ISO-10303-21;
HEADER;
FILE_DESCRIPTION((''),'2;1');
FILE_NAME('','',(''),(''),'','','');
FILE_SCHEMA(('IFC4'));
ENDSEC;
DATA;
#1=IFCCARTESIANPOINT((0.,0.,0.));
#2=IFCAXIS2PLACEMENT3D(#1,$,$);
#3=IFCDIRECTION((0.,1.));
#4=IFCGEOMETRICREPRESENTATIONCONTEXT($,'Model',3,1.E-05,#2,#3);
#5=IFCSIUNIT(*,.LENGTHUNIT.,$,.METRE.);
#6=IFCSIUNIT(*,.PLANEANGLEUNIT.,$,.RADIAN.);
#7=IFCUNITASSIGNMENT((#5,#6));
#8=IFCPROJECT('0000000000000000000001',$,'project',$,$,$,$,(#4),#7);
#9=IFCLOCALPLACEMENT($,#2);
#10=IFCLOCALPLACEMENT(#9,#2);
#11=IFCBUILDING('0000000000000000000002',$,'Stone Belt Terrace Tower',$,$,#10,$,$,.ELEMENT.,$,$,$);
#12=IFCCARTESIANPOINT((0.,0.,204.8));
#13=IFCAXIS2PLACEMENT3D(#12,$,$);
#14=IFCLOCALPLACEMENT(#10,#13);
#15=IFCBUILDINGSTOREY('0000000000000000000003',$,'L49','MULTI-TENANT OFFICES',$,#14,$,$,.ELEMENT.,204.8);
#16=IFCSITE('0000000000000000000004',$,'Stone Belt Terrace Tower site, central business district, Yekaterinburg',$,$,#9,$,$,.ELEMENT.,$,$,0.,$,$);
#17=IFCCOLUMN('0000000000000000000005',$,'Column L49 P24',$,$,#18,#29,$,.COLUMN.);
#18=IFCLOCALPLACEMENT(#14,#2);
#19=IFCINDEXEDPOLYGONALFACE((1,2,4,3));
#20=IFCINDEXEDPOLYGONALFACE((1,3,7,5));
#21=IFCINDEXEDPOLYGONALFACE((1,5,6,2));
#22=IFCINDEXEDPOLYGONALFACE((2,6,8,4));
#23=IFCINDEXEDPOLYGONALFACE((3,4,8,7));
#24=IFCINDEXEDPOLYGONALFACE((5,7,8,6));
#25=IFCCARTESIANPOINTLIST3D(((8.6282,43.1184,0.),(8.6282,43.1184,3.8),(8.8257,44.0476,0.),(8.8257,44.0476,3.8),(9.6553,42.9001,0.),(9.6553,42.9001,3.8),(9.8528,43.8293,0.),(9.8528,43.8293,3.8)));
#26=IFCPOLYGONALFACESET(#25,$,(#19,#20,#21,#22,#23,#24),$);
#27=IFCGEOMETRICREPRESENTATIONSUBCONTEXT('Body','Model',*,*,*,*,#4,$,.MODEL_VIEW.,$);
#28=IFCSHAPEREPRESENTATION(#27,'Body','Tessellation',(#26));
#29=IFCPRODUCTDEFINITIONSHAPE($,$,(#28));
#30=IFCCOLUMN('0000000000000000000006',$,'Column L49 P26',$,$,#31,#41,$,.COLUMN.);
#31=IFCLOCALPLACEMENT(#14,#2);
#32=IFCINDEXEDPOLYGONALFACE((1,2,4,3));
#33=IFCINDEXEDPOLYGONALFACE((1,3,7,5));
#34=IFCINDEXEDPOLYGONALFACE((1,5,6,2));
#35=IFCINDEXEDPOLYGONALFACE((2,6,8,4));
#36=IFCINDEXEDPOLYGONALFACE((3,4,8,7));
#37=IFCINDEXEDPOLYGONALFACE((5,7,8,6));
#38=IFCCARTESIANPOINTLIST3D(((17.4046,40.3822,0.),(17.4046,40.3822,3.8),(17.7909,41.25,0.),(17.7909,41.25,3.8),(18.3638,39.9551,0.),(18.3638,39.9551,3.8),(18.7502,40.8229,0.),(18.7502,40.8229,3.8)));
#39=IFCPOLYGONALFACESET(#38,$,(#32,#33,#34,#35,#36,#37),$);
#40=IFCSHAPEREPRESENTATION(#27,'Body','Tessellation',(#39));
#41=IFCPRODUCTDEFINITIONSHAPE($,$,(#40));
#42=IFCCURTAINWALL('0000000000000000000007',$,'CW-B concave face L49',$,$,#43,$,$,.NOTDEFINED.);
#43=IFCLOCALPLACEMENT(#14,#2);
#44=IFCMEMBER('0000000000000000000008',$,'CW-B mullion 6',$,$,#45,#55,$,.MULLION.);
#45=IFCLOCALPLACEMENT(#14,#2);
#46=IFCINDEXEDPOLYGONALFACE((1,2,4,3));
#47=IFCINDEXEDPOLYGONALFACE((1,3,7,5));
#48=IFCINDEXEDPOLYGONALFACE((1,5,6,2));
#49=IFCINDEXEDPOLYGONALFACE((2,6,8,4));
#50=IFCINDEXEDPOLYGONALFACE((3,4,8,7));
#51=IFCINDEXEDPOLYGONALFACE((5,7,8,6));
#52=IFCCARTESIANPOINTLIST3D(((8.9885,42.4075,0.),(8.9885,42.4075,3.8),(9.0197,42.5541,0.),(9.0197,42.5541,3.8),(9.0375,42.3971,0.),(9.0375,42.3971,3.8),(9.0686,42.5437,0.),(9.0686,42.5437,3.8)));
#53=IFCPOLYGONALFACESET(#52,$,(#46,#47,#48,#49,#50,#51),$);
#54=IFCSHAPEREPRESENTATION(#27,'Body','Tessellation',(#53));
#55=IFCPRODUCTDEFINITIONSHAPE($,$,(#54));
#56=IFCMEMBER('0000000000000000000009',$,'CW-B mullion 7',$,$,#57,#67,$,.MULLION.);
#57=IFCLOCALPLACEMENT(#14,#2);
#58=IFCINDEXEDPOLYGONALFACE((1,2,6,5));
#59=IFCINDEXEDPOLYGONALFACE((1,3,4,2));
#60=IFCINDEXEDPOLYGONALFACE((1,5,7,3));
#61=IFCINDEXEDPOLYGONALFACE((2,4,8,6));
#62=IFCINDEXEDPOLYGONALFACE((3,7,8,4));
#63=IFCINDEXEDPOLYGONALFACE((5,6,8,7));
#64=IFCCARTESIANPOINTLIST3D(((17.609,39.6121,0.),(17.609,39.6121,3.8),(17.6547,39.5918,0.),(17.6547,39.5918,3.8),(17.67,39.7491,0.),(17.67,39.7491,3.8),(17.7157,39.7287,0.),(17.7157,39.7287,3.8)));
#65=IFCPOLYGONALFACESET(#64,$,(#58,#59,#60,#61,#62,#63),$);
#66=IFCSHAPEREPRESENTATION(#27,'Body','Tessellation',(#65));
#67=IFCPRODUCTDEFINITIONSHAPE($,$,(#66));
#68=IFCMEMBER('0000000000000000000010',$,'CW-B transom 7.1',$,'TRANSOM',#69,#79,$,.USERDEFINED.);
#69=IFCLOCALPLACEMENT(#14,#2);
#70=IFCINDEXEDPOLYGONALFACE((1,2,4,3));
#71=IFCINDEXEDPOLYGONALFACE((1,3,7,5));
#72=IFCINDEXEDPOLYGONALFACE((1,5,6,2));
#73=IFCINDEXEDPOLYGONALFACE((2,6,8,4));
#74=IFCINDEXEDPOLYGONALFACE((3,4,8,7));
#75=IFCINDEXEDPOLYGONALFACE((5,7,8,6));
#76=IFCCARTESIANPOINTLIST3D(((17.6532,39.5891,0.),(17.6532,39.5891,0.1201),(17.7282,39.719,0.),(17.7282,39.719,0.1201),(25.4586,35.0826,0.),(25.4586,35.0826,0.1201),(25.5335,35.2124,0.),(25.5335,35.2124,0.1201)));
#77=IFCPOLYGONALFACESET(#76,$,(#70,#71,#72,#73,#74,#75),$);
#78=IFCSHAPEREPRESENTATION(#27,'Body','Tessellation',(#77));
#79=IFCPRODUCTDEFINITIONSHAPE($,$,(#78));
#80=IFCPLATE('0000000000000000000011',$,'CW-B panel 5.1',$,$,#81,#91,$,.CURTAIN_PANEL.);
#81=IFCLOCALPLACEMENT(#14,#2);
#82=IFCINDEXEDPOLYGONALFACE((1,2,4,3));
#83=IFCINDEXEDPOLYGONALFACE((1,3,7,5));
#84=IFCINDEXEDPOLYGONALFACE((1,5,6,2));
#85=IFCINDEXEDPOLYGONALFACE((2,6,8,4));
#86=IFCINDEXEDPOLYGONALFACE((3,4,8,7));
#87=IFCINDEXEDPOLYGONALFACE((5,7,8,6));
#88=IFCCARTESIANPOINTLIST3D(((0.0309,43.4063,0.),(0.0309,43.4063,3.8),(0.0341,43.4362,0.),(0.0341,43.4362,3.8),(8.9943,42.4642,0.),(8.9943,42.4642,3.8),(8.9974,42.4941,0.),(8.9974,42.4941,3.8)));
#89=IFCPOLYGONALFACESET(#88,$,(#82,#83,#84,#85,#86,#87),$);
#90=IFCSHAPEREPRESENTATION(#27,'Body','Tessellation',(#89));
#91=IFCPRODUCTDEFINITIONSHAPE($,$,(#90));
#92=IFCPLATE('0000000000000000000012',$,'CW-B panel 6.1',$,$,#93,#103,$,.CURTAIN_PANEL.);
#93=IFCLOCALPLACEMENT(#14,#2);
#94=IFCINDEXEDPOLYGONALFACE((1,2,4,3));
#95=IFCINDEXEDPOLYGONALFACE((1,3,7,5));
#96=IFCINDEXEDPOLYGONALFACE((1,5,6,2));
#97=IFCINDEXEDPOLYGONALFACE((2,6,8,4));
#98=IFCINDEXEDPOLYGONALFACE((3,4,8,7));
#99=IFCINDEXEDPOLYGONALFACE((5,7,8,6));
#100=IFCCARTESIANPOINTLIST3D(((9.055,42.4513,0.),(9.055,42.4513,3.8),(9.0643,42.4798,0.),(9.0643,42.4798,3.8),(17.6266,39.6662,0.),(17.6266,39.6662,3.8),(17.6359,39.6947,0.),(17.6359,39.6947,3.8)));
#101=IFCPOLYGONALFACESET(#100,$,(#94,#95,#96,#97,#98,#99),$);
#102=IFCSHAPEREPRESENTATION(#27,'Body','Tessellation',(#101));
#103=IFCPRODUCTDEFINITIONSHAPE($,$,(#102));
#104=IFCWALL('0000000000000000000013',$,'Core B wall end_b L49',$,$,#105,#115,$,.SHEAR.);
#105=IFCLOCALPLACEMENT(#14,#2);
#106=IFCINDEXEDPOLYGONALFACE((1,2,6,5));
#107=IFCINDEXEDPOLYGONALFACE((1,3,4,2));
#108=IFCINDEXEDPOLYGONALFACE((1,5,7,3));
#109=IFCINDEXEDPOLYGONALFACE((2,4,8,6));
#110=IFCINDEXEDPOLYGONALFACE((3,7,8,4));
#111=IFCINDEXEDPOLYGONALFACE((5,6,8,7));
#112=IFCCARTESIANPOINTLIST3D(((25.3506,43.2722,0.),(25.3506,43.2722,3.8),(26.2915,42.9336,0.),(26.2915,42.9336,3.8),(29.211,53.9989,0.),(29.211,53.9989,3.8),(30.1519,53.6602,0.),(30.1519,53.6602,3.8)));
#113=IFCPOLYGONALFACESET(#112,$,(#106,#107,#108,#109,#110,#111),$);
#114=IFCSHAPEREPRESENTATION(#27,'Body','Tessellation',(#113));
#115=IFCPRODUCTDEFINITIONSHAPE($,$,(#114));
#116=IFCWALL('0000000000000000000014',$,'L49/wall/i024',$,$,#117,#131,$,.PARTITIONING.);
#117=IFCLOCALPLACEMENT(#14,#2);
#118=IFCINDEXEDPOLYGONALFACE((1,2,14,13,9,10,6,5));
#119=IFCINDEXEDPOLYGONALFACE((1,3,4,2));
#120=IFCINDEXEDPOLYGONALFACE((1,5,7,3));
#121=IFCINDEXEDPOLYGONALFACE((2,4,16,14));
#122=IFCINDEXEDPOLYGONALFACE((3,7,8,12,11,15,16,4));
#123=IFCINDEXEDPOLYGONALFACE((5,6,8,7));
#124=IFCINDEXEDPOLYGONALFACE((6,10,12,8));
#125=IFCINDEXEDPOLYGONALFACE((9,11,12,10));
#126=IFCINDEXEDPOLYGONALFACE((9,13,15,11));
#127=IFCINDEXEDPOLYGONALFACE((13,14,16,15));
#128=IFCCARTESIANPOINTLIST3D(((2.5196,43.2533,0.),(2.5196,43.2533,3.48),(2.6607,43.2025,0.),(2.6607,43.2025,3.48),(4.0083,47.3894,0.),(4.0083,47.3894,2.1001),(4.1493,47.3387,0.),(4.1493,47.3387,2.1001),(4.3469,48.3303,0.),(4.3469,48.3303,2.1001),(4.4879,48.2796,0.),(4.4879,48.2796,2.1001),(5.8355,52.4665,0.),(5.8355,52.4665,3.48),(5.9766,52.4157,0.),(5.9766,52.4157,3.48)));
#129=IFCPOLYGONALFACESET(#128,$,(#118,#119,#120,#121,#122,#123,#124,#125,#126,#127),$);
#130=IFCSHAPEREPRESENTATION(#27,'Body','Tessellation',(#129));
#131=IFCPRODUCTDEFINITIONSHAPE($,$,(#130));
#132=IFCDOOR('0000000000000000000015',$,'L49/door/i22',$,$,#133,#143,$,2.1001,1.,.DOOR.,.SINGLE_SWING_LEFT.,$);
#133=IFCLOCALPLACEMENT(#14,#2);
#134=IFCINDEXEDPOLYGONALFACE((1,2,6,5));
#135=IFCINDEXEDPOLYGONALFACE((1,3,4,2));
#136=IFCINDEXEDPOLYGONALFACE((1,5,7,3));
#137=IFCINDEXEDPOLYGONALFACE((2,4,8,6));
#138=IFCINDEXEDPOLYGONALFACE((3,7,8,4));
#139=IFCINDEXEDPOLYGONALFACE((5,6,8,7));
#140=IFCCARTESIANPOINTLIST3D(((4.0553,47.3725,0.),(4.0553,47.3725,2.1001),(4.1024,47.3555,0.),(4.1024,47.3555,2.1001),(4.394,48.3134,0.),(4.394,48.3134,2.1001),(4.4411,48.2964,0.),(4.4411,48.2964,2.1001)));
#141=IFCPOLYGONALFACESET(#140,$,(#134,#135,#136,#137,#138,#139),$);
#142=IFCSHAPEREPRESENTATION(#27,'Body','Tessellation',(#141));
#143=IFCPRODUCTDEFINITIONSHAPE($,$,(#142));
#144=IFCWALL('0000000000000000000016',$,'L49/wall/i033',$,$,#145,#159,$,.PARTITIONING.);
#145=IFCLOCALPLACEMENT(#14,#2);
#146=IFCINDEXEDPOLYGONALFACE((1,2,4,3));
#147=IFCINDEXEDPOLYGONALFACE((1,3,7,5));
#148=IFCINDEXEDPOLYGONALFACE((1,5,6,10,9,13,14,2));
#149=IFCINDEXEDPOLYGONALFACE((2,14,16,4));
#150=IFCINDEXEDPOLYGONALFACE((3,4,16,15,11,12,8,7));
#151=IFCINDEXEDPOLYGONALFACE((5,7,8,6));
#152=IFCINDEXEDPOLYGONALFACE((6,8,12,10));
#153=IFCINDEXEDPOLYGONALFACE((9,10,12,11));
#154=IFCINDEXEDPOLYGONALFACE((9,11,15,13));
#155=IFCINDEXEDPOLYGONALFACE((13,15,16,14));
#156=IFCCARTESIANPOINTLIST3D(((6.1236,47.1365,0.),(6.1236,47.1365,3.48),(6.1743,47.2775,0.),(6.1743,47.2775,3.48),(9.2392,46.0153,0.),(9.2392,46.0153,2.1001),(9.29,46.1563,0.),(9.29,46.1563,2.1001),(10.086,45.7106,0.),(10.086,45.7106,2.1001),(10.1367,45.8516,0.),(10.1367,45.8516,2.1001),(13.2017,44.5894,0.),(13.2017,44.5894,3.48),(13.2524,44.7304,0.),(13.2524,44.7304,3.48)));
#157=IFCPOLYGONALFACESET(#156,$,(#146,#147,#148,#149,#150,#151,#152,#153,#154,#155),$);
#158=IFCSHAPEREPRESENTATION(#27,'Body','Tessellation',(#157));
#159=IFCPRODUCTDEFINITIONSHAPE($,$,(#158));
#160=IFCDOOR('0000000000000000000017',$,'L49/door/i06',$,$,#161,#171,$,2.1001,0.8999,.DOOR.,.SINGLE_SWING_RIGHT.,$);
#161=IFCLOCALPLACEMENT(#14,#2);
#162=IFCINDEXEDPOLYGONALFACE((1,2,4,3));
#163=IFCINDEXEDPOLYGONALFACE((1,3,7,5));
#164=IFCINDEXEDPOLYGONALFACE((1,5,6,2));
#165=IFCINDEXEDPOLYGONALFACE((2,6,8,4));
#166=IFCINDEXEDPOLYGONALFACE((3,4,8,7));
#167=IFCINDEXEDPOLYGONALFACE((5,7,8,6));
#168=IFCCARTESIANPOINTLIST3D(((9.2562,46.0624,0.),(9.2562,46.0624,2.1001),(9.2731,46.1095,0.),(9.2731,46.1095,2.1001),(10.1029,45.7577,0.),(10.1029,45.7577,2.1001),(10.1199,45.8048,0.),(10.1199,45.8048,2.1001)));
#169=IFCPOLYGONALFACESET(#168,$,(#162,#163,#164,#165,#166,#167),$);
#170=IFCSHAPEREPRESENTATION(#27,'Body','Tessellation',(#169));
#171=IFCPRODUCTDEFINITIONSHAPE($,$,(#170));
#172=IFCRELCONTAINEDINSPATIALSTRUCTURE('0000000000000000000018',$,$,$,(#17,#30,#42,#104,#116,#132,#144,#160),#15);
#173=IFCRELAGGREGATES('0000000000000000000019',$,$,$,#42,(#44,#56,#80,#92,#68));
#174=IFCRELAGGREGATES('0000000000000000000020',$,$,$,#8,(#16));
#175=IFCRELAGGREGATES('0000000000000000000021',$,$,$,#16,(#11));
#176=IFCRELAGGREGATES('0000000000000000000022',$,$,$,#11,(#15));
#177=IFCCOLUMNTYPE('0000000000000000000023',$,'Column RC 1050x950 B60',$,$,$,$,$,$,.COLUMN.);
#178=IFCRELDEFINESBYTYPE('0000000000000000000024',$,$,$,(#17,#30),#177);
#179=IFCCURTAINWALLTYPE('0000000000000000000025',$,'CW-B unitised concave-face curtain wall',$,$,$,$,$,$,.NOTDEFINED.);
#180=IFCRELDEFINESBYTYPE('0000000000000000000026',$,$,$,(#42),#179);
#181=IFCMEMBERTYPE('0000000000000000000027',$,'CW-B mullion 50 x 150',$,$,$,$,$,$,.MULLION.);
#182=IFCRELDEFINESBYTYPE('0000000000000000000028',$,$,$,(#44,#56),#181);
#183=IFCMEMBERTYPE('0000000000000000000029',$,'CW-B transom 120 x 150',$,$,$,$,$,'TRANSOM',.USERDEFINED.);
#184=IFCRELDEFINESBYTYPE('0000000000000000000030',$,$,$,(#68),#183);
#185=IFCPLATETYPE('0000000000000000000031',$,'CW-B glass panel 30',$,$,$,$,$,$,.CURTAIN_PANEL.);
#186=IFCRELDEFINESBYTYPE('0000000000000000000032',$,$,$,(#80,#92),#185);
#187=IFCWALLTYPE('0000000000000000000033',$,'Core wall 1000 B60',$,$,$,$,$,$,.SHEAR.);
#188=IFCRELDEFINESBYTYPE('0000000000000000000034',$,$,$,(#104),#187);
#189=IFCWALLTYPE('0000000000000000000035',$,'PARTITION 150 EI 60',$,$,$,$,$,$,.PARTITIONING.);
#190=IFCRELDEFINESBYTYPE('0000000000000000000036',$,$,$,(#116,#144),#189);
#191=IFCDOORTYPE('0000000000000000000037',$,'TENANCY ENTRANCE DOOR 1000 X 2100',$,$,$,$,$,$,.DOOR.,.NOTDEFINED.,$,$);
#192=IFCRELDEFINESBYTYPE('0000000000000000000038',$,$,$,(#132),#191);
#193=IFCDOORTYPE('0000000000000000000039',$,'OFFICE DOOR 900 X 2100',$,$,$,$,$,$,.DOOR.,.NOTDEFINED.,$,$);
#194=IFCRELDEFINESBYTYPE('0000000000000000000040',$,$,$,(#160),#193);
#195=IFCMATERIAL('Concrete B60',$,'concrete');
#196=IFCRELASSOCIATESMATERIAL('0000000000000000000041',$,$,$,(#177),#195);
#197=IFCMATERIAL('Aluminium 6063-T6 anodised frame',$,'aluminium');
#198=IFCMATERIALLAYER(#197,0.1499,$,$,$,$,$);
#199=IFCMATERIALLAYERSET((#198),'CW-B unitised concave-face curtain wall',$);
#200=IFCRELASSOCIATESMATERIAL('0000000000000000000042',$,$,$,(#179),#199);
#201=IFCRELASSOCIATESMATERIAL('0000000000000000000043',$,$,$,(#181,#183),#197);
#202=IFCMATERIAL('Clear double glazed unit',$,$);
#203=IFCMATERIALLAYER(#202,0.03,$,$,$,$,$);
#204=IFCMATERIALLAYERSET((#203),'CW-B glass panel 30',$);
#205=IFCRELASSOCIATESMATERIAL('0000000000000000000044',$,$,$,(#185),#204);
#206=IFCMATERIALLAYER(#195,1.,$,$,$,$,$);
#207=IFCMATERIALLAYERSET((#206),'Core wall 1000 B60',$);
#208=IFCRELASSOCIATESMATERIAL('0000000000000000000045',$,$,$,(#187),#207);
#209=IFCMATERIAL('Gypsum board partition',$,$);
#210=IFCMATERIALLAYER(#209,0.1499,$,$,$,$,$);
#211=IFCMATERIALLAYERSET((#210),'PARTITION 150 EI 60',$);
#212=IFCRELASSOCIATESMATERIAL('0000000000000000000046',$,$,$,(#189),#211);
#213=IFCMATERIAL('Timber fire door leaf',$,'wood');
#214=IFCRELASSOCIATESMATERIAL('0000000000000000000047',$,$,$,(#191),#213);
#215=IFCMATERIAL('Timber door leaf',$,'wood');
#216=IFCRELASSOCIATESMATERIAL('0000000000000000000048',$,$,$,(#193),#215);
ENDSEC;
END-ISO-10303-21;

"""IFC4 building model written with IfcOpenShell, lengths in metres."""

from ifc_helpers import new_model, si_unit, direction, frame, frame_2d, origin, origin_2d, place, context, subcontext, project, spatial, rectangle, extrude, material, layer, layer_set, material_profile, profile_set, type_object, element, fill, aggregate, save


model = new_model("IFC4")

# Units and contexts
model_context = context("Model", 3, precision=1e-05, world=origin(), true_north=direction((0.0, 1.0)))
body_context = subcontext(model_context, "Body", "Model", "MODEL_VIEW")
ifc_project = project(units=[si_unit("LENGTHUNIT", "METRE"), si_unit("PLANEANGLEUNIT", "RADIAN")], contexts=[model_context])

# Site, building, storey
site_placement = place(None, origin())
site = spatial("IfcSite", under=ifc_project, at=site_placement, Name="Stone Belt Terrace Tower site, central business district, Yekaterinburg", CompositionType="ELEMENT", RefElevation=0.0)
building_placement = place(site_placement, origin())
building = spatial("IfcBuilding", under=site, at=building_placement, Name="Stone Belt Terrace Tower", CompositionType="ELEMENT")
storey_placement = place(building_placement, frame((0.0, 0.0, 204.8)))
storey = spatial("IfcBuildingStorey", under=building, at=storey_placement, Name="L49", Description="MULTI-TENANT OFFICES", CompositionType="ELEMENT", Elevation=204.8)

# Columns
ifc_material_1 = material(Name="Concrete B60", Category="concrete")
ifc_material_profile_1 = material_profile(ifc_material_1, rectangle(XDim=1.05, YDim=0.95, at=origin_2d()), Name="RC 1050x950")
ifc_profile_set_1 = profile_set([ifc_material_profile_1], Name="Concrete B60")
column_type = type_object("IfcColumnType", Name="Column RC 1050x950 B60", PredefinedType="COLUMN", material=ifc_profile_set_1)
for number, where, z_axis, x_axis, name in (
    (1, (9.2405, 43.4739, 0.0), (0.0, 0.0, 1.0), (0.978148, -0.207912, 0.0), "Column L49 P24"),
    (2, (18.0774, 40.6025, 0.0), (0.0, 0.0, 1.0), (0.913545, -0.406737, 0.0), "Column L49 P26"),
):
    element("IfcColumn", number, at=place(storey_placement, frame(where, z_axis=z_axis, x_axis=x_axis)), inside=storey, type_object=column_type, Name=name, PredefinedType="COLUMN", context=body_context, shape_type="SweptSolid", body=[
        extrude(rectangle(XDim=1.05, YDim=0.95, at=origin_2d()), origin(), (0.0, 0.0, 1.0), 3.8),
    ])

# Curtain wall, members, plates
ifc_material_2 = material(Name="Aluminium 6063-T6 anodised frame", Category="aluminium")
ifc_layer_1 = layer(ifc_material_2, 0.1499)
ifc_layer_set_1 = layer_set([ifc_layer_1], Name="CW-B unitised concave-face curtain wall")
curtain_wall_type = type_object("IfcCurtainWallType", Name="CW-B unitised concave-face curtain wall", PredefinedType="NOTDEFINED", material=ifc_layer_set_1)
curtain_wall_placement = place(storey_placement, origin())
curtain_wall = element("IfcCurtainWall", 3, at=curtain_wall_placement, inside=storey, type_object=curtain_wall_type, Name="CW-B concave face L49", PredefinedType="NOTDEFINED")
ifc_material_profile_2 = material_profile(ifc_material_2, rectangle(XDim=0.1499, YDim=0.05, at=origin_2d()), Name="Aluminium 6063-T6 50x150")
ifc_profile_set_2 = profile_set([ifc_material_profile_2], Name="Aluminium 6063-T6 anodised frame")
member_type_1 = type_object("IfcMemberType", Name="CW-B mullion 50 x 150", PredefinedType="MULLION", material=ifc_profile_set_2)
member_1_placement = place(storey_placement, frame((9.0286, 42.4756, 0.0), z_axis=(0.0, 0.0, 1.0), x_axis=(0.207912, 0.978148, 0.0)))
member_1 = element("IfcMember", 4, at=member_1_placement, type_object=member_type_1, Name="CW-B mullion 6", PredefinedType="MULLION", context=body_context, shape_type="SweptSolid", body=[
    extrude(rectangle(XDim=0.1499, YDim=0.05, at=origin_2d()), origin(), (0.0, 0.0, 1.0), 3.8),
])
member_2_placement = place(storey_placement, frame((17.6624, 39.6704, 0.0), z_axis=(0.0, 0.0, 1.0), x_axis=(0.406737, 0.913545, 0.0)))
member_2 = element("IfcMember", 5, at=member_2_placement, type_object=member_type_1, Name="CW-B mullion 7", PredefinedType="MULLION", context=body_context, shape_type="SweptSolid", body=[
    extrude(rectangle(XDim=0.1499, YDim=0.05, at=origin_2d()), origin(), (0.0, 0.0, 1.0), 3.8),
])
ifc_material_profile_3 = material_profile(ifc_material_2, rectangle(XDim=0.1499, YDim=0.1201, at=origin_2d()), Name="Aluminium 6063-T6 150x120")
ifc_profile_set_3 = profile_set([ifc_material_profile_3], Name="Aluminium 6063-T6 anodised frame")
member_type_2 = type_object("IfcMemberType", Name="CW-B transom 120 x 150", ElementType="TRANSOM", PredefinedType="USERDEFINED", material=ifc_profile_set_3)
member_3_placement = place(storey_placement, frame((17.6907, 39.6541, 0.0601), z_axis=(0.866019, -0.500011, 0.0), x_axis=(0.500011, 0.866019, 0.0)))
member_3 = element("IfcMember", 6, at=member_3_placement, type_object=member_type_2, Name="CW-B transom 7.1", ObjectType="TRANSOM", PredefinedType="USERDEFINED", context=body_context, shape_type="SweptSolid", body=[
    extrude(rectangle(XDim=0.1499, YDim=0.1201, at=origin_2d()), origin(), (0.0, 0.0, 1.0), 9.0129),
])
ifc_material_3 = material(Name="Clear double glazed unit")
ifc_layer_2 = layer(ifc_material_3, 0.03)
ifc_layer_set_2 = layer_set([ifc_layer_2], Name="CW-B glass panel 30")
plate_type = type_object("IfcPlateType", Name="CW-B glass panel 30", PredefinedType="CURTAIN_PANEL", material=ifc_layer_set_2)
plate_1_placement = place(storey_placement, frame((4.5142, 42.9502, 0.0), z_axis=(0.0, 0.0, 1.0), x_axis=(0.994522, -0.104528, 0.0)))
plate_1 = element("IfcPlate", 7, at=plate_1_placement, type_object=plate_type, Name="CW-B panel 5.1", PredefinedType="CURTAIN_PANEL", context=body_context, shape_type="SweptSolid", body=[
    extrude(rectangle(XDim=9.0127, YDim=0.03, at=origin_2d()), origin(), (0.0, 0.0, 1.0), 3.8),
])
plate_2_placement = place(storey_placement, frame((13.3455, 41.073, 0.0), z_axis=(0.0, 0.0, 1.0), x_axis=(0.951057, -0.309017, 0.0)))
plate_2 = element("IfcPlate", 8, at=plate_2_placement, type_object=plate_type, Name="CW-B panel 6.1", PredefinedType="CURTAIN_PANEL", context=body_context, shape_type="SweptSolid", body=[
    extrude(rectangle(XDim=9.0127, YDim=0.03, at=origin_2d()), origin(), (0.0, 0.0, 1.0), 3.8),
])
aggregate(curtain_wall, [member_1, member_2, plate_1, plate_2, member_3])

# Wall
ifc_layer_3 = layer(ifc_material_1, 1.0)
ifc_layer_set_3 = layer_set([ifc_layer_3], Name="Core wall 1000 B60")
wall_type_1 = type_object("IfcWallType", Name="Core wall 1000 B60", PredefinedType="SHEAR", material=ifc_layer_set_3)
wall_1_placement = place(storey_placement, frame((25.821, 43.1028, 0.0), z_axis=(0.0, 0.0, 1.0), x_axis=(0.338625, 0.940921, 0.0)))
element("IfcWall", 9, at=wall_1_placement, inside=storey, type_object=wall_type_1, Name="Core B wall end_b L49", PredefinedType="SHEAR", context=body_context, shape_type="SweptSolid", body=[
    extrude(rectangle(XDim=11.4001, YDim=1.0, at=frame_2d((5.7002, 0.0))), origin(), (0.0, 0.0, 1.0), 3.8),
])

# Walls, openings, doors
ifc_material_4 = material(Name="Gypsum board partition")
ifc_layer_4 = layer(ifc_material_4, 0.1499)
ifc_layer_set_4 = layer_set([ifc_layer_4], Name="PARTITION 150 EI 60")
wall_type_2 = type_object("IfcWallType", Name="PARTITION 150 EI 60", PredefinedType="PARTITIONING", material=ifc_layer_set_4)
wall_2_placement = place(storey_placement, frame((2.5901, 43.2278, 0.0), z_axis=(0.0, 0.0, 1.0), x_axis=(0.338646, 0.940914, 0.0)))
wall_2 = element("IfcWall", 10, at=wall_2_placement, inside=storey, type_object=wall_type_2, Name="L49/wall/i024", PredefinedType="PARTITIONING", context=body_context, shape_type="SweptSolid", body=[
    extrude(rectangle(XDim=9.7917, YDim=0.1499, at=frame_2d((4.896, 0.0))), origin(), (0.0, 0.0, 1.0), 3.48),
])
opening_1_placement = place(wall_2_placement, frame((4.396, 0.0, 0.0)))
opening_1 = element("IfcOpeningElement", 11, at=opening_1_placement, cuts=wall_2, PredefinedType="OPENING", context=body_context, shape_type="SweptSolid", body=[
    extrude(rectangle(XDim=1.0, YDim=2.1001, at=frame_2d((0.5, 1.05))), frame((0.0, 0.085, 0.0), z_axis=(0.0, -1.0, 0.0), x_axis=(1.0, 0.0, 0.0)), (0.0, 0.0, 1.0), 0.1699),
])
ifc_material_5 = material(Name="Timber fire door leaf", Category="wood")
door_type_1 = type_object("IfcDoorType", Name="TENANCY ENTRANCE DOOR 1000 X 2100", OperationType="NOTDEFINED", PredefinedType="DOOR", material=ifc_material_5)
door_1_placement = place(opening_1_placement, origin())
door_1 = element("IfcDoor", 12, at=door_1_placement, inside=storey, type_object=door_type_1, Name="L49/door/i22", OperationType="SINGLE_SWING_LEFT", OverallHeight=2.1001, OverallWidth=1.0, PredefinedType="DOOR", context=body_context, shape_type="SweptSolid", body=[
    extrude(rectangle(XDim=1.0, YDim=2.1001, at=frame_2d((0.5, 1.05))), frame((0.0, 0.0249, 0.0), z_axis=(0.0, -1.0, 0.0), x_axis=(1.0, 0.0, 0.0)), (0.0, 0.0, 1.0), 0.05),
])
fill(opening_1, door_1)
wall_3_placement = place(storey_placement, frame((13.2271, 44.6599, 0.0), z_axis=(0.0, 0.0, 1.0), x_axis=(-0.94093, 0.338601, 0.0)))
wall_3 = element("IfcWall", 13, at=wall_3_placement, inside=storey, type_object=wall_type_2, Name="L49/wall/i033", PredefinedType="PARTITIONING", context=body_context, shape_type="SweptSolid", body=[
    extrude(rectangle(XDim=7.5225, YDim=0.1499, at=frame_2d((3.7612, 0.0))), origin(), (0.0, 0.0, 1.0), 3.48),
])
opening_2_placement = place(wall_3_placement, frame((3.3113, 0.0, 0.0)))
opening_2 = element("IfcOpeningElement", 14, at=opening_2_placement, cuts=wall_3, PredefinedType="OPENING", context=body_context, shape_type="SweptSolid", body=[
    extrude(rectangle(XDim=0.8999, YDim=2.1001, at=frame_2d((0.45, 1.05))), frame((0.0, 0.085, 0.0), z_axis=(0.0, -1.0, 0.0), x_axis=(1.0, 0.0, 0.0)), (0.0, 0.0, 1.0), 0.1699),
])
ifc_material_6 = material(Name="Timber door leaf", Category="wood")
door_type_2 = type_object("IfcDoorType", Name="OFFICE DOOR 900 X 2100", OperationType="NOTDEFINED", PredefinedType="DOOR", material=ifc_material_6)
door_2_placement = place(opening_2_placement, origin())
door_2 = element("IfcDoor", 15, at=door_2_placement, inside=storey, type_object=door_type_2, Name="L49/door/i06", OperationType="SINGLE_SWING_RIGHT", OverallHeight=2.1001, OverallWidth=0.8999, PredefinedType="DOOR", context=body_context, shape_type="SweptSolid", body=[
    extrude(rectangle(XDim=0.8999, YDim=2.1001, at=frame_2d((0.45, 1.05))), frame((0.0, 0.0249, 0.0), z_axis=(0.0, -1.0, 0.0), x_axis=(1.0, 0.0, 0.0)), (0.0, 0.0, 1.0), 0.05),
])
fill(opening_2, door_2)

save(model, "model.ifc")
